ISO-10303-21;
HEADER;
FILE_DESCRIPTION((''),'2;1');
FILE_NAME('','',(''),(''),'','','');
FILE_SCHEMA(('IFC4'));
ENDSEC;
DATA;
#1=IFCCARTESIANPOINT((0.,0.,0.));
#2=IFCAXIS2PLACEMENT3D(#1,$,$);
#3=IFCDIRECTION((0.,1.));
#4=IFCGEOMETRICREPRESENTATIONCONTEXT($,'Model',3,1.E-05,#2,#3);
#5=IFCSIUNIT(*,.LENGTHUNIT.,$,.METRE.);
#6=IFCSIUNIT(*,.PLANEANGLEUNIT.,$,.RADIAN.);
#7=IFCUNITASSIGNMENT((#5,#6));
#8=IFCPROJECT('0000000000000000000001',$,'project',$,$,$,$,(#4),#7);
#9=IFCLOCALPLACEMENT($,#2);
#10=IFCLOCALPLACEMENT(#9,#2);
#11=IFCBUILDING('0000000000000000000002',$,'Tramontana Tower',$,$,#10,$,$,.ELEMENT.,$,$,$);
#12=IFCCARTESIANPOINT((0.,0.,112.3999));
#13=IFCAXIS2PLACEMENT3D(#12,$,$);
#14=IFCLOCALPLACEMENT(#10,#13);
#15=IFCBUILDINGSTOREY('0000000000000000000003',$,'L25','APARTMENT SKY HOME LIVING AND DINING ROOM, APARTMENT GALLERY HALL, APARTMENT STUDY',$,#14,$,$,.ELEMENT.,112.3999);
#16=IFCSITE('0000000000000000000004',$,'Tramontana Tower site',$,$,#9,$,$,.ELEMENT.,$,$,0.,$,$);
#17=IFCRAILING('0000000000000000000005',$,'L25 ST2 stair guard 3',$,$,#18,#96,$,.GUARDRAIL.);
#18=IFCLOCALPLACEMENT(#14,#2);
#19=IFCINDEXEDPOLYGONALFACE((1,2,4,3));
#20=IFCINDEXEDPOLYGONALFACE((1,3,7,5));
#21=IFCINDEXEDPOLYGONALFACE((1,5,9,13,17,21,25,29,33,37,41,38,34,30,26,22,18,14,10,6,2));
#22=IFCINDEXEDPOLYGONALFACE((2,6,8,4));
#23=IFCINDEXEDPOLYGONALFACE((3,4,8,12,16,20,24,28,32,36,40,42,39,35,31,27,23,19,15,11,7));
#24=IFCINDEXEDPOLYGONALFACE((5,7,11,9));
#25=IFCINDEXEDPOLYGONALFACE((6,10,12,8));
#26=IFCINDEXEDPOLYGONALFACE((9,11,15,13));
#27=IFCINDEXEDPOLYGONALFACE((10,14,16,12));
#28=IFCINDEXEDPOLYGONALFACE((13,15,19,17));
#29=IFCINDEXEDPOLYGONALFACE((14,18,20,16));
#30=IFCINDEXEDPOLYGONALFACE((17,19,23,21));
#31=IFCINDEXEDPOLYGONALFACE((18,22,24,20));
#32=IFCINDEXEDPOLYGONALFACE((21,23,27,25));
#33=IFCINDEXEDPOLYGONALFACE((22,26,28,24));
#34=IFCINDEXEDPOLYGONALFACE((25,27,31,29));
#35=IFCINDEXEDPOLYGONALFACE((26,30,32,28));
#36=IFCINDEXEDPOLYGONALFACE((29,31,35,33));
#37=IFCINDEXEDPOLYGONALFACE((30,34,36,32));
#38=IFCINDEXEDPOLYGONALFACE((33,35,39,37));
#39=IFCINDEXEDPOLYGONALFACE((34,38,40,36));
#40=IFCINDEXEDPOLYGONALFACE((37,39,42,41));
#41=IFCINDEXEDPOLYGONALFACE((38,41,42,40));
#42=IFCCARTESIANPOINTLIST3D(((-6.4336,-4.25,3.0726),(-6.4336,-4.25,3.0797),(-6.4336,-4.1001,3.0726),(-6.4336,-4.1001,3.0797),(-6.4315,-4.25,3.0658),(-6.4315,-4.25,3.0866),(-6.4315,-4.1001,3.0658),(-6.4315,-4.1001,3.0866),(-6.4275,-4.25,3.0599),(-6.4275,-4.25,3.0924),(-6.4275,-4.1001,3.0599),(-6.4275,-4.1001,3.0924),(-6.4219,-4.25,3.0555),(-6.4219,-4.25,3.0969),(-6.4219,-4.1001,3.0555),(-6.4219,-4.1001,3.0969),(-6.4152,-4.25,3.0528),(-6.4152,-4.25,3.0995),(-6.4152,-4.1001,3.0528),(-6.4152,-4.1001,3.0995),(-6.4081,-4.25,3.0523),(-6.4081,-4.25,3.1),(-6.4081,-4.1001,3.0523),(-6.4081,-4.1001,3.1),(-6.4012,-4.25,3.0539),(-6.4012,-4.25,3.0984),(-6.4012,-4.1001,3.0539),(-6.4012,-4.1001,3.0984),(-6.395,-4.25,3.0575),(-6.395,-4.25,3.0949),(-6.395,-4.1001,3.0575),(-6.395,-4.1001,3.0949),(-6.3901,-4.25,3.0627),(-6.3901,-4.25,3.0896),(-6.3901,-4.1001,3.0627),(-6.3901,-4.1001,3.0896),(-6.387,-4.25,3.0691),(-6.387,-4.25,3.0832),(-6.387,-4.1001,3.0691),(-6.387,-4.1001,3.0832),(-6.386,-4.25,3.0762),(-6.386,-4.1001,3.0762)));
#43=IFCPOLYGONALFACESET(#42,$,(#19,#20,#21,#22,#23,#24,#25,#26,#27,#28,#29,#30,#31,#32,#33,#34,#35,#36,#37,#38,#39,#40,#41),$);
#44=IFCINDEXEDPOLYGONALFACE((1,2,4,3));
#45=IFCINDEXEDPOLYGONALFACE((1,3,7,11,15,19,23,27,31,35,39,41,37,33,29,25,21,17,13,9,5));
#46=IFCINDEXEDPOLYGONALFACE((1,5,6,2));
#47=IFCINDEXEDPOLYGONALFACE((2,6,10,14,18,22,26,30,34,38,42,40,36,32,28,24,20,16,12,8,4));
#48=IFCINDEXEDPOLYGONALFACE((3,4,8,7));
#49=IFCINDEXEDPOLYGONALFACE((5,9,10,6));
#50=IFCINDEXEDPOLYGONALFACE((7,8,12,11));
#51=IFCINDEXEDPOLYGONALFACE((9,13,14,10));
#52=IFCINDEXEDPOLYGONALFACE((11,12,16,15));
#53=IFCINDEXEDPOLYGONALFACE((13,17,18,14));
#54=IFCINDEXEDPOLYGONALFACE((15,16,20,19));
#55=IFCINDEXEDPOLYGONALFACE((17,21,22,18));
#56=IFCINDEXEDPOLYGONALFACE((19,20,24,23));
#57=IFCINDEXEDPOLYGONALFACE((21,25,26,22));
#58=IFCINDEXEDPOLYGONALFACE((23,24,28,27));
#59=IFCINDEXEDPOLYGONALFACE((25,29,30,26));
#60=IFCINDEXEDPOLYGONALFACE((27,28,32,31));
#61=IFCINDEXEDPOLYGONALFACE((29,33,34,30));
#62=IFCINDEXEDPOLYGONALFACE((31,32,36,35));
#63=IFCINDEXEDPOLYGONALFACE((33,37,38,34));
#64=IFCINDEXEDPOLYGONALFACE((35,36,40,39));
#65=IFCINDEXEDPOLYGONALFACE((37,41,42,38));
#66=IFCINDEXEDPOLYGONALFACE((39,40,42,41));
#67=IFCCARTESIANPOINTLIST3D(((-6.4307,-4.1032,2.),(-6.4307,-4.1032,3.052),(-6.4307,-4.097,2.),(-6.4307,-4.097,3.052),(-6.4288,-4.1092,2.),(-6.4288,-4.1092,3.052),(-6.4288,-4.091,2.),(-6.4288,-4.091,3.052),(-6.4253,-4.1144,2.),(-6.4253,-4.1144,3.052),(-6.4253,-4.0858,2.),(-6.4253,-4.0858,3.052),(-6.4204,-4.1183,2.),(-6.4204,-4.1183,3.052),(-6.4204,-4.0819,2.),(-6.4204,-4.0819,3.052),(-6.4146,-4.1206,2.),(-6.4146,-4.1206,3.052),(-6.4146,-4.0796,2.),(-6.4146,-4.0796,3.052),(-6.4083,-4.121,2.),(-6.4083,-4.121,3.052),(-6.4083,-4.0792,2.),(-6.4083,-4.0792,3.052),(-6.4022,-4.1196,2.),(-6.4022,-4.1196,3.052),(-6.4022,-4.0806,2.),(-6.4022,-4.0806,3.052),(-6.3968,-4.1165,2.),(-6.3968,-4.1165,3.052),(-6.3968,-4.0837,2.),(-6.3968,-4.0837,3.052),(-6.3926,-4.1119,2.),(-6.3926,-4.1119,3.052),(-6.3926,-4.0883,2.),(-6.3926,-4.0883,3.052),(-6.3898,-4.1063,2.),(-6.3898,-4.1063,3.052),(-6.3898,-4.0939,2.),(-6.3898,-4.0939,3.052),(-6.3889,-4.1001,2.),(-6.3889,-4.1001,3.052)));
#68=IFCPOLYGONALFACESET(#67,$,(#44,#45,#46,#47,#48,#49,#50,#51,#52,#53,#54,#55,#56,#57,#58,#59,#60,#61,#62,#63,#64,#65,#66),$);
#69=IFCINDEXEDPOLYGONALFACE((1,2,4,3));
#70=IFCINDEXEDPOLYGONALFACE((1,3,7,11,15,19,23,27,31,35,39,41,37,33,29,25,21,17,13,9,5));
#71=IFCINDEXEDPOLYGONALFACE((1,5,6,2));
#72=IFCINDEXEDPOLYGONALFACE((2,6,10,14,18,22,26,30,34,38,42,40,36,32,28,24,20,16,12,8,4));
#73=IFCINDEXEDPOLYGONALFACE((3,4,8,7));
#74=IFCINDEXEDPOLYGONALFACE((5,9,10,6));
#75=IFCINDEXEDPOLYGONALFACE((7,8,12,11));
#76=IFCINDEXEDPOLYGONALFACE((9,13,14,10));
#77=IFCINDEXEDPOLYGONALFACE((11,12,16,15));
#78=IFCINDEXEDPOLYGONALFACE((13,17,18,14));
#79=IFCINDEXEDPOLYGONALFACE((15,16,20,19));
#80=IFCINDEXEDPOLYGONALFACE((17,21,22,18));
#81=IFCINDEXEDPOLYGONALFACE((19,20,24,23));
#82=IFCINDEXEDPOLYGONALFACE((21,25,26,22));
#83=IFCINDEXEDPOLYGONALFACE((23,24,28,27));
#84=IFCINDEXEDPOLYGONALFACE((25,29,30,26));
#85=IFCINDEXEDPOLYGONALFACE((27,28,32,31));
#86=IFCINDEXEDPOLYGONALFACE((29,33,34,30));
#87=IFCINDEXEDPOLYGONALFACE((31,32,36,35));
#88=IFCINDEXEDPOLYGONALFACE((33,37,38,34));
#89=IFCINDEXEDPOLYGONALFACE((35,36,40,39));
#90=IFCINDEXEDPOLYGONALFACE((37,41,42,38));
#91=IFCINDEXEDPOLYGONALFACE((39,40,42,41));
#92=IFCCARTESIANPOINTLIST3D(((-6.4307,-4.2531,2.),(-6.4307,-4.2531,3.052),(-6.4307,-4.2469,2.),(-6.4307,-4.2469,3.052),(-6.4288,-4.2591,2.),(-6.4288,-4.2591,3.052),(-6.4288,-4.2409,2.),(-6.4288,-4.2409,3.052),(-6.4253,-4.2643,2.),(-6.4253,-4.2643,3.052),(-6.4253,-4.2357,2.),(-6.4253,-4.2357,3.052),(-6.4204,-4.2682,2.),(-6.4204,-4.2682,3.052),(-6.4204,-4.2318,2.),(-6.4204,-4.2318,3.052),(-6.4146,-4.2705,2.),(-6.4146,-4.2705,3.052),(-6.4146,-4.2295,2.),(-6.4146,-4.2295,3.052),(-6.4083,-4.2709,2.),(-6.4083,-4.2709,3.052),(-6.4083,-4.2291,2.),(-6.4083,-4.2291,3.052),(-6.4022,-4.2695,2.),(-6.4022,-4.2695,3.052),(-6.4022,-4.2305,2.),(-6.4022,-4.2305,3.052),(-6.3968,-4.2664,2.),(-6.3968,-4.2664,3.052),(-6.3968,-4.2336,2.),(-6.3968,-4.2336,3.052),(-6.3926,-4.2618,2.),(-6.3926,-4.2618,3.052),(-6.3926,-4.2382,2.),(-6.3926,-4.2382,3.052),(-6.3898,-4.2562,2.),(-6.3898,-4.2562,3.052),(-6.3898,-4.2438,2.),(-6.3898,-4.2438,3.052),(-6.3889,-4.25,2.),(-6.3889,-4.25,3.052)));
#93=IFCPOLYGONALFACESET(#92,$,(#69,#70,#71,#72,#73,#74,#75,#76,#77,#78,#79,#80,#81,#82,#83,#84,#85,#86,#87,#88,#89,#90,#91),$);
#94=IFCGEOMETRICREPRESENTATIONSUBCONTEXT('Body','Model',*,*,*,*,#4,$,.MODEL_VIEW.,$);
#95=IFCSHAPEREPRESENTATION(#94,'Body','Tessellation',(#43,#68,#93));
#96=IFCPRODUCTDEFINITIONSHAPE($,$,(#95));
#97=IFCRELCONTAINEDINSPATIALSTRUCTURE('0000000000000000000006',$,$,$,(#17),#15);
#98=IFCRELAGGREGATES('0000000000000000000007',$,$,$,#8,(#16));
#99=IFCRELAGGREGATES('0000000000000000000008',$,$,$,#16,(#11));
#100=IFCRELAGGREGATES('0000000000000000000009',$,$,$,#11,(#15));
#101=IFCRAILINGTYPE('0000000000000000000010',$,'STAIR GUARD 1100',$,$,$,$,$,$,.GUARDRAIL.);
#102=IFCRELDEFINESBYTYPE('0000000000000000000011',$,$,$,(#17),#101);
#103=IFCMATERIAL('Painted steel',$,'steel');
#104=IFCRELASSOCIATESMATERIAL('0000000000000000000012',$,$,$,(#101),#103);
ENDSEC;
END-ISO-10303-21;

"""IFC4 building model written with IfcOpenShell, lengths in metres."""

from ifc_helpers import new_model, si_unit, direction, frame, origin, origin_2d, place, context, subcontext, project, spatial, circle, extrude, material, type_object, element, save


model = new_model("IFC4")

# Units and contexts
model_context = context("Model", 3, precision=1e-05, world=origin(), true_north=direction((0.0, 1.0)))
body_context = subcontext(model_context, "Body", "Model", "MODEL_VIEW")
ifc_project = project(units=[si_unit("LENGTHUNIT", "METRE"), si_unit("PLANEANGLEUNIT", "RADIAN")], contexts=[model_context])

# Site, building, storey
site_placement = place(None, origin())
site = spatial("IfcSite", under=ifc_project, at=site_placement, Name="Tramontana Tower site", CompositionType="ELEMENT", RefElevation=0.0)
building_placement = place(site_placement, origin())
building = spatial("IfcBuilding", under=site, at=building_placement, Name="Tramontana Tower", CompositionType="ELEMENT")
storey_placement = place(building_placement, frame((0.0, 0.0, 112.3999)))
storey = spatial("IfcBuildingStorey", under=building, at=storey_placement, Name="L25", Description="APARTMENT SKY HOME LIVING AND DINING ROOM, APARTMENT GALLERY HALL, APARTMENT STUDY", CompositionType="ELEMENT", Elevation=112.3999)

# Railing
ifc_material_1 = material(Name="Painted steel", Category="steel")
railing_type_1 = type_object("IfcRailingType", Name="STAIR GUARD 1100", PredefinedType="GUARDRAIL", material=ifc_material_1)
railing_1_placement = place(storey_placement, frame((-6.4099, -4.1001, 2.0)))
element("IfcRailing", 1, at=railing_1_placement, inside=storey, type_object=railing_type_1, Name="L25 ST2 stair guard 3", PredefinedType="GUARDRAIL", context=body_context, shape_type="SweptSolid", body=[
    extrude(circle(Radius=0.0239, at=origin_2d()), frame((0.0, 0.0, 1.0762), z_axis=(0.0, -1.0, 0.0), x_axis=(1.0, 0.0, 0.0)), (0.0, 0.0, 1.0), 0.1499),
    extrude(circle(Radius=0.021, at=origin_2d()), origin(), (0.0, 0.0, 1.0), 1.052),
    extrude(circle(Radius=0.021, at=origin_2d()), frame((0.0, -0.1499, 0.0)), (0.0, 0.0, 1.0), 1.052),
])

save(model, "model.ifc")
